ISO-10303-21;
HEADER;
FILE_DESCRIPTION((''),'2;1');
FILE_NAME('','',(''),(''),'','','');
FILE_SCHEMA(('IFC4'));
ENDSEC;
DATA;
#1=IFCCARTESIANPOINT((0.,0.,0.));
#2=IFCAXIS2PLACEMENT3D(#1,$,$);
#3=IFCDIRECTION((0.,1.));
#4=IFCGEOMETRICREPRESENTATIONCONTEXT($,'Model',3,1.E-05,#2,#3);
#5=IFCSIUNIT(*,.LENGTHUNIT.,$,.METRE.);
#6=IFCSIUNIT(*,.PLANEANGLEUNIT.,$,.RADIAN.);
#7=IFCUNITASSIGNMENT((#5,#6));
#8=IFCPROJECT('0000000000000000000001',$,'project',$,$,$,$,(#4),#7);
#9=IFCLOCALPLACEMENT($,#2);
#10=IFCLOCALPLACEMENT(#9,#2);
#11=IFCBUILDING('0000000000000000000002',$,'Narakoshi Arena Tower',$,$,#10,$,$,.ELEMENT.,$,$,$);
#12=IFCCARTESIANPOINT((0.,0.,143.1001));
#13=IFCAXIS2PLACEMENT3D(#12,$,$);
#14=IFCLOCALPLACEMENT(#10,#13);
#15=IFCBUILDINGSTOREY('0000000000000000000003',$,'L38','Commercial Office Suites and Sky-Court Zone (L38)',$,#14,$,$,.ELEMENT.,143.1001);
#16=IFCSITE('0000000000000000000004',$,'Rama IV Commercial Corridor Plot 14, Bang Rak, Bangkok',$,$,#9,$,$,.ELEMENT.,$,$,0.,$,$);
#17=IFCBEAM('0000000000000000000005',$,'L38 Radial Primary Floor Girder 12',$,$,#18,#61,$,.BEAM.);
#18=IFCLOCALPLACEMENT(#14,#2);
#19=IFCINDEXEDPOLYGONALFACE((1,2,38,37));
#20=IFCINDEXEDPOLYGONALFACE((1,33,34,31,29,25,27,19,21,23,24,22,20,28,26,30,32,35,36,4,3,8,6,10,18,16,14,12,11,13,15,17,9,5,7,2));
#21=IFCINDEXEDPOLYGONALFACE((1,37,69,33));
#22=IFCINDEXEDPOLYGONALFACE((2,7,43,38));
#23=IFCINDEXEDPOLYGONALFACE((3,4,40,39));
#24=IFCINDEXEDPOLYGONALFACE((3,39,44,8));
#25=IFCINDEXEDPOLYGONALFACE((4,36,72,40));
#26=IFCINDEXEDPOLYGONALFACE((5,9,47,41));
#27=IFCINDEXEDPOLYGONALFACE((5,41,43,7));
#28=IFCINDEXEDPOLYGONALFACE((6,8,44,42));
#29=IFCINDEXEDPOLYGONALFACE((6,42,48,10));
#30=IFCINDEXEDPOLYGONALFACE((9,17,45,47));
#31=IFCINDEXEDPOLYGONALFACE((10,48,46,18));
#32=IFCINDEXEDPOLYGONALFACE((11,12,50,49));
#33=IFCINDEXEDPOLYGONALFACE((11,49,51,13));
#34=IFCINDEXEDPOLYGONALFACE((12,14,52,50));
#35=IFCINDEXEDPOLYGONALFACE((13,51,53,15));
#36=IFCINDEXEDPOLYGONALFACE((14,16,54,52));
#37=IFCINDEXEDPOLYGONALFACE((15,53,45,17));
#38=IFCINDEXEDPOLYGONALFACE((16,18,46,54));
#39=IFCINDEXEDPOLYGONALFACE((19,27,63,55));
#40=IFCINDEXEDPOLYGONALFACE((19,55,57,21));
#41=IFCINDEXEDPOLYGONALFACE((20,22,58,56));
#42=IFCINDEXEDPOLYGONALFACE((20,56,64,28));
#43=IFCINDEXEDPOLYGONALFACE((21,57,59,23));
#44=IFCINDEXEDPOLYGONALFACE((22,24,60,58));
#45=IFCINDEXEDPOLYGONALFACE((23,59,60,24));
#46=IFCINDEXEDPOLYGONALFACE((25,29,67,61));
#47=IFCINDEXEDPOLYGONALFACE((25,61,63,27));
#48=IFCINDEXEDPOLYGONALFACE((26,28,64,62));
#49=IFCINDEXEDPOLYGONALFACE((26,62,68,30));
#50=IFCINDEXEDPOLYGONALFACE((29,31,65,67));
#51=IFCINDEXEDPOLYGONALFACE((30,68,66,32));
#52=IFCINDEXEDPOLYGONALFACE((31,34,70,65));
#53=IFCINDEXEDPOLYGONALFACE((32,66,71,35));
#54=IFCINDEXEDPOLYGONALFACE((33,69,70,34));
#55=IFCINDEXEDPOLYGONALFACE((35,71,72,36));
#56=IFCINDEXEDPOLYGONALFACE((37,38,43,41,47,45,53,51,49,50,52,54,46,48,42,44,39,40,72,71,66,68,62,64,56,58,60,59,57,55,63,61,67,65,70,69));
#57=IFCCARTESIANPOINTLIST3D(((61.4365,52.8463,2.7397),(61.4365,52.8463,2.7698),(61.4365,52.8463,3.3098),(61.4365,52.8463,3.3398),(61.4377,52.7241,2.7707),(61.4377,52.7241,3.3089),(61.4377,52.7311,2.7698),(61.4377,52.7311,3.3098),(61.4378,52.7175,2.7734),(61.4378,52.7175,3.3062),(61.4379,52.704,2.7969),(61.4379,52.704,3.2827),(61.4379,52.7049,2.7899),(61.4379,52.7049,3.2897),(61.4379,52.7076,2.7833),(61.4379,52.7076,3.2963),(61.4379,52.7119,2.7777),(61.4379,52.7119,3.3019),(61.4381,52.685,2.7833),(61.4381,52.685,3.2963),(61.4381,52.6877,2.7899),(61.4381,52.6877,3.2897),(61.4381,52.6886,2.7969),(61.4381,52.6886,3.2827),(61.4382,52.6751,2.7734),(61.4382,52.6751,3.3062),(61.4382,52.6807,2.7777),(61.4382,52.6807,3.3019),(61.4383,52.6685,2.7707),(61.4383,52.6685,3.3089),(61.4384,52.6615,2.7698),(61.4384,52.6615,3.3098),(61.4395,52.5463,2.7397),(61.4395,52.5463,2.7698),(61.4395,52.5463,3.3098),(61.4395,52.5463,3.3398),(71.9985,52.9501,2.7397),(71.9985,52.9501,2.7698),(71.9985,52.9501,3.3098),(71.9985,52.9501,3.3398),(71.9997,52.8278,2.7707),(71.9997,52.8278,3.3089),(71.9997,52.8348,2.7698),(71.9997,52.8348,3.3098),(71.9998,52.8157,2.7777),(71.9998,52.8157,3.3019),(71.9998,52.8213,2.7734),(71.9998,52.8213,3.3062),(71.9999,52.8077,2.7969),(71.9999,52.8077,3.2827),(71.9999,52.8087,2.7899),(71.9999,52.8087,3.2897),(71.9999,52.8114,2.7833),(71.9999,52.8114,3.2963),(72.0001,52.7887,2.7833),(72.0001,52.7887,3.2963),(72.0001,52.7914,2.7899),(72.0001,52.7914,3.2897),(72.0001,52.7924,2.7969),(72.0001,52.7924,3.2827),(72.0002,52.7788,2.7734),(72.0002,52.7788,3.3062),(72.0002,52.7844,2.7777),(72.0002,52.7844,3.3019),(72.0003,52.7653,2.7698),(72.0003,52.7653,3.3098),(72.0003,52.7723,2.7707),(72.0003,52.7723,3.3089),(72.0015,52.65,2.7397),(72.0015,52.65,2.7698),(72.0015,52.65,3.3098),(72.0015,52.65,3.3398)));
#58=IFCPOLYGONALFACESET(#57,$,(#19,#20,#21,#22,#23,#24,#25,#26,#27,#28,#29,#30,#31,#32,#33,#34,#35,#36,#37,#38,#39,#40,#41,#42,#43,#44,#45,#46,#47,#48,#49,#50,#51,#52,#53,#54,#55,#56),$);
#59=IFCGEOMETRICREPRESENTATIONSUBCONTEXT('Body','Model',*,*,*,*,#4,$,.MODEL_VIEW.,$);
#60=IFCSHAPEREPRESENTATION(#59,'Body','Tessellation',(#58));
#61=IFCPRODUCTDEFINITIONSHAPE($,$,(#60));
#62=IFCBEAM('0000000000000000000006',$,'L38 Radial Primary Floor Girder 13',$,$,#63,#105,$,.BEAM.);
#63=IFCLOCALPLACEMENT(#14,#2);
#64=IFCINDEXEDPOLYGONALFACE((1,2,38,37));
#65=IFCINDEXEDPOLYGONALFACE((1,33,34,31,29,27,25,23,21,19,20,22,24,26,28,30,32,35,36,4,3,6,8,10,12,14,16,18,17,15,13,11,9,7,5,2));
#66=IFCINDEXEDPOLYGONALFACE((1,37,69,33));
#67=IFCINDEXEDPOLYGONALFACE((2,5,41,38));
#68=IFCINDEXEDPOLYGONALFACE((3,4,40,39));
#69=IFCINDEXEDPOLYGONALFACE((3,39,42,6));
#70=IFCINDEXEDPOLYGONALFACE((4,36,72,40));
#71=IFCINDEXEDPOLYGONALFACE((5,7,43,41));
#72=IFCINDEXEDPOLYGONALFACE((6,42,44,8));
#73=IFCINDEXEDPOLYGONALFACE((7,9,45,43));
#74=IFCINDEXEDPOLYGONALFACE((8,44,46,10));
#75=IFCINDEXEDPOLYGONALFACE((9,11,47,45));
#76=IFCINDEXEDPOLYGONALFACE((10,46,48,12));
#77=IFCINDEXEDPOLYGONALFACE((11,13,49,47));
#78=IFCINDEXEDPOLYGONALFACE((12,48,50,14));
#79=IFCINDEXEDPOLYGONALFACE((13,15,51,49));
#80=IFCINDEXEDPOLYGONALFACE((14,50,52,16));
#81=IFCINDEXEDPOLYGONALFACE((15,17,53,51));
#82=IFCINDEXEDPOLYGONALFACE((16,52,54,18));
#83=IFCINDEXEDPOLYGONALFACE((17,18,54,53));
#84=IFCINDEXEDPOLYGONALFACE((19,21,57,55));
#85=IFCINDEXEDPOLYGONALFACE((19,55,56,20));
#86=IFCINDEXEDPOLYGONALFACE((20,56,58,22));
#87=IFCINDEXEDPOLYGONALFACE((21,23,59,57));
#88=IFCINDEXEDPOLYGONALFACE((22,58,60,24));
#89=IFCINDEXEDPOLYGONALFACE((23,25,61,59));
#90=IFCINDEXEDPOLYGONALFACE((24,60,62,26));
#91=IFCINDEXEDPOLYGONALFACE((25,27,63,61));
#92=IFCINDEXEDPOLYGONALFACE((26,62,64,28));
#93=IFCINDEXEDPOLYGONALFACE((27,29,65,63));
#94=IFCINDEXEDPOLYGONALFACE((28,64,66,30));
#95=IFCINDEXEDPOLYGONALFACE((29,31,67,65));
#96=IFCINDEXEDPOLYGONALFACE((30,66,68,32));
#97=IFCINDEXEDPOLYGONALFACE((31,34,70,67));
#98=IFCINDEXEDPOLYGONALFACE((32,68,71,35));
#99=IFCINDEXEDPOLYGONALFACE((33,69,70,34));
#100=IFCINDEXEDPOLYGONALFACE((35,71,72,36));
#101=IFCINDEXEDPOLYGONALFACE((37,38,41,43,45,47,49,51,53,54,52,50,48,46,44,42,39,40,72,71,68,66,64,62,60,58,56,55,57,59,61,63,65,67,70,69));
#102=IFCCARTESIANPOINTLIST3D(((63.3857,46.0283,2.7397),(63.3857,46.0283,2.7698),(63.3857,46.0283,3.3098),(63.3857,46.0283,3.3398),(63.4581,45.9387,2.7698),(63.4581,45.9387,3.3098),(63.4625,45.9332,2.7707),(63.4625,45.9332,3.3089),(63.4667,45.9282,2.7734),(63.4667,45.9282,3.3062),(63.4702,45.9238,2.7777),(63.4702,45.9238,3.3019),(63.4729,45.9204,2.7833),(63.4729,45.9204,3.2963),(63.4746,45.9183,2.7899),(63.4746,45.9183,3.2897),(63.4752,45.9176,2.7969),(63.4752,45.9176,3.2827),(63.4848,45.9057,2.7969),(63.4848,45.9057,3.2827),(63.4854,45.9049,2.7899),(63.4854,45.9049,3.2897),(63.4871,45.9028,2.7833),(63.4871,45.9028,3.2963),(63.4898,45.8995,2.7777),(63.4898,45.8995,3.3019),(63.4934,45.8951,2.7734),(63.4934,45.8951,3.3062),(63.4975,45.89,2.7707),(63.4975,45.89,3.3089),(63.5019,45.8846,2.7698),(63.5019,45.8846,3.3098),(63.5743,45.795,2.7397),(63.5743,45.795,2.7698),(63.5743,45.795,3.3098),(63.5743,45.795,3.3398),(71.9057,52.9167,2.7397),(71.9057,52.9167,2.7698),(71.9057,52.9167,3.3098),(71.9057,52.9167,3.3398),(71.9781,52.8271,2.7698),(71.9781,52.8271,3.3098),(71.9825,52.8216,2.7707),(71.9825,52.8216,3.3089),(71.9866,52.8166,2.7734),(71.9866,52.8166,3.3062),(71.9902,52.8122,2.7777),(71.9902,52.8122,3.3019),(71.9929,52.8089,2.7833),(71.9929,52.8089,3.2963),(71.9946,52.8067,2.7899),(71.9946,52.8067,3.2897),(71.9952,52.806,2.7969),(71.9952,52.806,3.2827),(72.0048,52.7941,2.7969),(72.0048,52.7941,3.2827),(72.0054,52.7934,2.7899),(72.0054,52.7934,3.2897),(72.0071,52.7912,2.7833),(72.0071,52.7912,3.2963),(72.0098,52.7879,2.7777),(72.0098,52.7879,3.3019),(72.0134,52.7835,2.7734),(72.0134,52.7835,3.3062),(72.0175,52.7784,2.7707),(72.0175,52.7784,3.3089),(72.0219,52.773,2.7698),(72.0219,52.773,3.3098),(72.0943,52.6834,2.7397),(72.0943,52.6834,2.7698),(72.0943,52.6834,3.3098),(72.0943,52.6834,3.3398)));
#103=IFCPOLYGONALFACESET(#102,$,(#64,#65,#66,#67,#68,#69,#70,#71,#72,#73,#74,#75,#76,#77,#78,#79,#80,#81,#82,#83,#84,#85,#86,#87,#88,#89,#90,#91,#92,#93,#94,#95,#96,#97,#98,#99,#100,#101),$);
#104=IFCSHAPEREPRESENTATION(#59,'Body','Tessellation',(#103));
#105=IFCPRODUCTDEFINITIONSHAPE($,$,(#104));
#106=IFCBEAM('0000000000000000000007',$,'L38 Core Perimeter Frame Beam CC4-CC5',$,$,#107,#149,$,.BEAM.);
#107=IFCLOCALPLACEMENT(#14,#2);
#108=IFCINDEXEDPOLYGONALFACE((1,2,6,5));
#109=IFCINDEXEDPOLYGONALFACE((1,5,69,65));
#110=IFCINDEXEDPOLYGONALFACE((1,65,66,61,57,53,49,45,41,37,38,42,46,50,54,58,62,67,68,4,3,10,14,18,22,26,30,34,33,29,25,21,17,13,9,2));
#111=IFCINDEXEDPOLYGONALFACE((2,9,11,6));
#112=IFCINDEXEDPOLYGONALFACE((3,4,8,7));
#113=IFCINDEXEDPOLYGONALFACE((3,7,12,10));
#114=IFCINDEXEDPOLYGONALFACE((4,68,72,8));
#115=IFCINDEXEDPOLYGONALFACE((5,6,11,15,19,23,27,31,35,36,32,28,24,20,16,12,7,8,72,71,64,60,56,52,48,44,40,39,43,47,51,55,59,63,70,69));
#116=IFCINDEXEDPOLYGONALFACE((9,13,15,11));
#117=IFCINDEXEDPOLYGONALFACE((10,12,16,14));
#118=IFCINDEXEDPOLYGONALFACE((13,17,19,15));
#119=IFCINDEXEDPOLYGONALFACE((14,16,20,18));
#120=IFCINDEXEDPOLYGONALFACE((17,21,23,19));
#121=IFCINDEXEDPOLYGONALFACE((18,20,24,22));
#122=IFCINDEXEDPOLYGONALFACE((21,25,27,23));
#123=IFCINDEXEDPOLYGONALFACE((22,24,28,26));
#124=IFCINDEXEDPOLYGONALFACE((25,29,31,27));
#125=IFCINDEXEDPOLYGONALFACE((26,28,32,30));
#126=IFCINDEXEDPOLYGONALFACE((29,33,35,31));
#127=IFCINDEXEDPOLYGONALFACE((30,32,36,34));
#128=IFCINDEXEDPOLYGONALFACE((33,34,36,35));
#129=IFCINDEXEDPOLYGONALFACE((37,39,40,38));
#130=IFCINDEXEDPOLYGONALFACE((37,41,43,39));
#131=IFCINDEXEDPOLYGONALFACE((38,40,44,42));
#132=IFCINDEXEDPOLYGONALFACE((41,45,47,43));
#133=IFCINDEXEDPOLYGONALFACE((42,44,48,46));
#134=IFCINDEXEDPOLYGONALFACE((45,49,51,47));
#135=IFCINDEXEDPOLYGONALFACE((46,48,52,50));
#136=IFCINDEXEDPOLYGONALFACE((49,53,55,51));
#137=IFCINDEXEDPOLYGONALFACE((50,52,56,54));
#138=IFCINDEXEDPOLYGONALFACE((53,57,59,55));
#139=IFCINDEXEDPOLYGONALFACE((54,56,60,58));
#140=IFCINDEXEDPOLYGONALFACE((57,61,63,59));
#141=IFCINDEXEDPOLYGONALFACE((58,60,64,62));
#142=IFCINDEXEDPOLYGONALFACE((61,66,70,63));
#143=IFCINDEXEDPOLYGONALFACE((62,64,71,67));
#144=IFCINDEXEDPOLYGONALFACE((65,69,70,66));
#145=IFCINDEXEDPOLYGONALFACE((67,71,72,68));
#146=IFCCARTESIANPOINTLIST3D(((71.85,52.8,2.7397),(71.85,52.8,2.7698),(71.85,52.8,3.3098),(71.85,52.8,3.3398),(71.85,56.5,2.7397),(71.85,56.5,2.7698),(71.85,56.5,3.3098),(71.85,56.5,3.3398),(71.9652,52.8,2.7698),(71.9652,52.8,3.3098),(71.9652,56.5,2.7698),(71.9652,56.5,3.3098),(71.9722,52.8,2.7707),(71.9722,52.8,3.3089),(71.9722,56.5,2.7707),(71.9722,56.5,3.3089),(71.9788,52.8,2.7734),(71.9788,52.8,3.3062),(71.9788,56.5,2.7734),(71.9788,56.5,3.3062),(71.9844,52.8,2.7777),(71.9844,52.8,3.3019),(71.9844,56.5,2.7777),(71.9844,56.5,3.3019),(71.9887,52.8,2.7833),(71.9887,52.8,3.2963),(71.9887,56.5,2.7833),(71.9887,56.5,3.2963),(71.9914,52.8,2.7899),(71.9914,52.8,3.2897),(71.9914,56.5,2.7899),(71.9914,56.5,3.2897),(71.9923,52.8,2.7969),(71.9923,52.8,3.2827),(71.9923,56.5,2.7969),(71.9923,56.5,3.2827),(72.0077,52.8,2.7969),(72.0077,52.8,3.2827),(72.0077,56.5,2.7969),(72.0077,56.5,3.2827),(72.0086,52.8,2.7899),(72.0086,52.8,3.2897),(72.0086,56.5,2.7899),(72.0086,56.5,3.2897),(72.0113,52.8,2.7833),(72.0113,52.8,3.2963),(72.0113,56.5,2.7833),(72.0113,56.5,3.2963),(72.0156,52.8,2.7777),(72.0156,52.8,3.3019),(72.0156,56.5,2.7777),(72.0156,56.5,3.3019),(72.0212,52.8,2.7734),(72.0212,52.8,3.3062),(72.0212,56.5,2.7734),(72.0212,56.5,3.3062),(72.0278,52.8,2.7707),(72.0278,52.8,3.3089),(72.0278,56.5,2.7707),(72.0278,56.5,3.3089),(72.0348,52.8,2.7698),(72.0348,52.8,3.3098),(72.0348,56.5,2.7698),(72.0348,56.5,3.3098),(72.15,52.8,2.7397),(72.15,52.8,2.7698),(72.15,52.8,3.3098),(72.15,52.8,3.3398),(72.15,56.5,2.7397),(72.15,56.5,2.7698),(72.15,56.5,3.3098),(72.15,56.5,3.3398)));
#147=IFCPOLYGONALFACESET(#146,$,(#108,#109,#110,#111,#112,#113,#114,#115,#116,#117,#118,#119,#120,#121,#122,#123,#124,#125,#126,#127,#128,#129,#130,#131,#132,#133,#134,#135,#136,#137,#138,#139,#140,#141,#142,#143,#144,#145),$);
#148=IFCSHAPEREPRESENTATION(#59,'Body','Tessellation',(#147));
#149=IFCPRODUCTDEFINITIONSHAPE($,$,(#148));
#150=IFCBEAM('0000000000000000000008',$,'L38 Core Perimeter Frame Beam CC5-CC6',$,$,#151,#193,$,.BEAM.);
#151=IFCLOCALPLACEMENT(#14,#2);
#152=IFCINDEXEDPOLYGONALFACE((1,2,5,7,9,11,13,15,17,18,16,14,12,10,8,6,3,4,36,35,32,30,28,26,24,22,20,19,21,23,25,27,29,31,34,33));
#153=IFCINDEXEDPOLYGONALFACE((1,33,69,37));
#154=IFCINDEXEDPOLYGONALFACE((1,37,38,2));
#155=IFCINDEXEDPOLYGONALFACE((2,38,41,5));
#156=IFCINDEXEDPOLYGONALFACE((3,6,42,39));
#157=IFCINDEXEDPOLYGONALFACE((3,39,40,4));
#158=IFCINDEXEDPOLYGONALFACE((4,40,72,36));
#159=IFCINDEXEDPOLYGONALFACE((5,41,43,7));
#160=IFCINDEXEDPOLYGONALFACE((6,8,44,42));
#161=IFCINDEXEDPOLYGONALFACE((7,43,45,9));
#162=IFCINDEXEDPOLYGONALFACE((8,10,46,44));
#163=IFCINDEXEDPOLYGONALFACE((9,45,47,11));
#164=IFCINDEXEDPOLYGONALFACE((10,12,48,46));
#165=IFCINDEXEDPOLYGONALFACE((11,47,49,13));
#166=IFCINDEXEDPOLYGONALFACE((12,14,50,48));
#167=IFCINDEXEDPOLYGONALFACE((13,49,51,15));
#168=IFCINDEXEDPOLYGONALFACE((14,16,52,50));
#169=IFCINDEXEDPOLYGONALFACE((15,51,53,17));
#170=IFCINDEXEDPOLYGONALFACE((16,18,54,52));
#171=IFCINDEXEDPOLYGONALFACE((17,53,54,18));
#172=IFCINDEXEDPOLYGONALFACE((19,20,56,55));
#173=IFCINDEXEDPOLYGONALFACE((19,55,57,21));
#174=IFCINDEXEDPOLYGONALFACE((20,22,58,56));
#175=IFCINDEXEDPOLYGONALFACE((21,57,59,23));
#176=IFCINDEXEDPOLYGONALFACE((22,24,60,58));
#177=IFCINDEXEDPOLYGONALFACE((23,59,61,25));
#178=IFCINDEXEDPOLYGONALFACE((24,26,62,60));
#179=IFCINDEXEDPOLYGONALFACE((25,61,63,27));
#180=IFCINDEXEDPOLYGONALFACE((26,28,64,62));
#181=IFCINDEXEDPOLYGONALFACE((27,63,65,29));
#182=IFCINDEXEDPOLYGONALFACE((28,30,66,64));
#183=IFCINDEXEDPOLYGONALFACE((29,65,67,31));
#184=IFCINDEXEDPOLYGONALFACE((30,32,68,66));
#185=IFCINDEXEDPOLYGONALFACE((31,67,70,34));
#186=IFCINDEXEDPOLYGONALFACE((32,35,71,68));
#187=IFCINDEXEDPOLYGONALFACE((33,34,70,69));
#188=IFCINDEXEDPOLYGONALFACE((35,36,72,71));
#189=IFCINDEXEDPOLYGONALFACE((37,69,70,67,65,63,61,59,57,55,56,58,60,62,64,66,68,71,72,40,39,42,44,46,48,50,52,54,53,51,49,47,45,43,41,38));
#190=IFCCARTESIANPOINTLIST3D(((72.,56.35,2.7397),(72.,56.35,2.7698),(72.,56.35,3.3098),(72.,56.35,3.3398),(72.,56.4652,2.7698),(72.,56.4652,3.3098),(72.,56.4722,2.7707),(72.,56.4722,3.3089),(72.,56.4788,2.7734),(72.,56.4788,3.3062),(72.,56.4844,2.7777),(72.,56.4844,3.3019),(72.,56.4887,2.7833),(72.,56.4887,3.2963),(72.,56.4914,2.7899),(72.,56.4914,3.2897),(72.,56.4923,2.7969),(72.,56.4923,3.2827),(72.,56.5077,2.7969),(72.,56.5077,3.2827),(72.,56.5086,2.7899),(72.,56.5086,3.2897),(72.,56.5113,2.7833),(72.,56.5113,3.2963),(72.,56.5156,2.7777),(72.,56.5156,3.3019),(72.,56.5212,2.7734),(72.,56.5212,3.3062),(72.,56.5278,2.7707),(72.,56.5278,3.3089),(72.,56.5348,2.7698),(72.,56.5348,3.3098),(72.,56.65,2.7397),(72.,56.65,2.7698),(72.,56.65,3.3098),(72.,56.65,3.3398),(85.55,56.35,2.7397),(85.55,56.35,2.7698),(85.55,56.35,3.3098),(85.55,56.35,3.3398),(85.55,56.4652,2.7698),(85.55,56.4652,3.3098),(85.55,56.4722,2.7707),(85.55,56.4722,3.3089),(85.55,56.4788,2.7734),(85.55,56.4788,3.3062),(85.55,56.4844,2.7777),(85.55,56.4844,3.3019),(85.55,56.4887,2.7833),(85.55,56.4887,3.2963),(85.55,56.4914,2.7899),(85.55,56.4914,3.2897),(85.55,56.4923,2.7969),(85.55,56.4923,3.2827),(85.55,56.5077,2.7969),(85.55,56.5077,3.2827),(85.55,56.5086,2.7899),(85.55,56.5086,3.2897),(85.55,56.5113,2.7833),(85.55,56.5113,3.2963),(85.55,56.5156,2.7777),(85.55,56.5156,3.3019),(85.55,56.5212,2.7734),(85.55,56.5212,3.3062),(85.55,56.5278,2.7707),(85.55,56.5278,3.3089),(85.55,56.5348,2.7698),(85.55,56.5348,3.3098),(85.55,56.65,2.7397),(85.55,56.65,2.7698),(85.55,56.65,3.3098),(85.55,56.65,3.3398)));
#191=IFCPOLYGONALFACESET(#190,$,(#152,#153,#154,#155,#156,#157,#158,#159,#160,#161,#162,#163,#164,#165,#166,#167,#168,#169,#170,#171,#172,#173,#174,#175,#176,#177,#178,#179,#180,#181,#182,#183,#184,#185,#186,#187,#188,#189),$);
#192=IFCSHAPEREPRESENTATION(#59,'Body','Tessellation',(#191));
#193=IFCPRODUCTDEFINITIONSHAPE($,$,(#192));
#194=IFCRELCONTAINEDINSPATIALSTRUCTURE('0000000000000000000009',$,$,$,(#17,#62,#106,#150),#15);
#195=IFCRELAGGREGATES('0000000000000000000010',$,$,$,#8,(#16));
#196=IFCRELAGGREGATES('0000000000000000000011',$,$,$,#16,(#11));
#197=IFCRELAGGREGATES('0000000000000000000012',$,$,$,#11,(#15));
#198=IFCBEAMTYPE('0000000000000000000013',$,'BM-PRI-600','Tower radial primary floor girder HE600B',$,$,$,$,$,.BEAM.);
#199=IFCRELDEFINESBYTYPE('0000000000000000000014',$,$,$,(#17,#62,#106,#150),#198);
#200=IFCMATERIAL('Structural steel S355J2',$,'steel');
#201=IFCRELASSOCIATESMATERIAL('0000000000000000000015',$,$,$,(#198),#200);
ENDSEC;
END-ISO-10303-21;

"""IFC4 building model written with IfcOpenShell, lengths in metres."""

from ifc_helpers import new_model, si_unit, direction, frame, origin, origin_2d, place, context, subcontext, project, spatial, i_section, extrude, material, material_profile, profile_set, type_object, element, save


model = new_model("IFC4")

# Units and contexts
model_context = context("Model", 3, precision=1e-05, world=origin(), true_north=direction((0.0, 1.0)))
body_context = subcontext(model_context, "Body", "Model", "MODEL_VIEW")
ifc_project = project(units=[si_unit("LENGTHUNIT", "METRE"), si_unit("PLANEANGLEUNIT", "RADIAN")], contexts=[model_context])

# Site, building, storey
site_placement = place(None, origin())
site = spatial("IfcSite", under=ifc_project, at=site_placement, Name="Rama IV Commercial Corridor Plot 14, Bang Rak, Bangkok", CompositionType="ELEMENT", RefElevation=0.0)
building_placement = place(site_placement, origin())
building = spatial("IfcBuilding", under=site, at=building_placement, Name="Narakoshi Arena Tower", CompositionType="ELEMENT")
storey_placement = place(building_placement, frame((0.0, 0.0, 143.1001)))
storey = spatial("IfcBuildingStorey", under=building, at=storey_placement, Name="L38", Description="Commercial Office Suites and Sky-Court Zone (L38)", CompositionType="ELEMENT", Elevation=143.1001)

# Beams
ifc_material_1 = material(Name="Structural steel S355J2", Category="steel")
ifc_material_profile_1 = material_profile(ifc_material_1, i_section(OverallWidth=0.3, OverallDepth=0.6001, WebThickness=0.0154, FlangeThickness=0.03, FilletRadius=0.0271, at=origin_2d()), Name="HE600B")
ifc_profile_set_1 = profile_set([ifc_material_profile_1], Name="Structural steel S355J2")
beam_type = type_object("IfcBeamType", Name="BM-PRI-600", Description="Tower radial primary floor girder HE600B", PredefinedType="BEAM", material=ifc_profile_set_1)
beam_1_placement = place(storey_placement, frame((72.0, 52.8, 3.0398), z_axis=(-0.999952, -0.009823, 0.0), x_axis=(0.009823, -0.999952, 0.0)))
element("IfcBeam", 1, at=beam_1_placement, inside=storey, type_object=beam_type, Name="L38 Radial Primary Floor Girder 12", PredefinedType="BEAM", context=body_context, shape_type="SweptSolid", body=[
    extrude(i_section(OverallWidth=0.3, OverallDepth=0.6001, WebThickness=0.0154, FlangeThickness=0.03, FilletRadius=0.0271, at=origin_2d()), origin(), (0.0, 0.0, 1.0), 10.5625),
])
beam_2_placement = place(storey_placement, frame((72.0, 52.8, 3.0398), z_axis=(-0.777634, -0.628717, 0.0), x_axis=(0.628717, -0.777634, 0.0)))
element("IfcBeam", 2, at=beam_2_placement, inside=storey, type_object=beam_type, Name="L38 Radial Primary Floor Girder 13", PredefinedType="BEAM", context=body_context, shape_type="SweptSolid", body=[
    extrude(i_section(OverallWidth=0.3, OverallDepth=0.6001, WebThickness=0.0154, FlangeThickness=0.03, FilletRadius=0.0271, at=origin_2d()), origin(), (0.0, 0.0, 1.0), 10.9563),
])
beam_3_placement = place(storey_placement, frame((72.0, 52.8, 3.0398), z_axis=(0.0, 1.0, 0.0), x_axis=(-1.0, 0.0, 0.0)))
element("IfcBeam", 3, at=beam_3_placement, inside=storey, type_object=beam_type, Name="L38 Core Perimeter Frame Beam CC4-CC5", PredefinedType="BEAM", context=body_context, shape_type="SweptSolid", body=[
    extrude(i_section(OverallWidth=0.3, OverallDepth=0.6001, WebThickness=0.0154, FlangeThickness=0.03, FilletRadius=0.0271, at=origin_2d()), origin(), (0.0, 0.0, 1.0), 3.7),
])
beam_4_placement = place(storey_placement, frame((72.0, 56.5, 3.0398), z_axis=(1.0, 0.0, 0.0), x_axis=(0.0, 1.0, 0.0)))
element("IfcBeam", 4, at=beam_4_placement, inside=storey, type_object=beam_type, Name="L38 Core Perimeter Frame Beam CC5-CC6", PredefinedType="BEAM", context=body_context, shape_type="SweptSolid", body=[
    extrude(i_section(OverallWidth=0.3, OverallDepth=0.6001, WebThickness=0.0154, FlangeThickness=0.03, FilletRadius=0.0271, at=origin_2d()), origin(), (0.0, 0.0, 1.0), 13.55),
])

save(model, "model.ifc")
